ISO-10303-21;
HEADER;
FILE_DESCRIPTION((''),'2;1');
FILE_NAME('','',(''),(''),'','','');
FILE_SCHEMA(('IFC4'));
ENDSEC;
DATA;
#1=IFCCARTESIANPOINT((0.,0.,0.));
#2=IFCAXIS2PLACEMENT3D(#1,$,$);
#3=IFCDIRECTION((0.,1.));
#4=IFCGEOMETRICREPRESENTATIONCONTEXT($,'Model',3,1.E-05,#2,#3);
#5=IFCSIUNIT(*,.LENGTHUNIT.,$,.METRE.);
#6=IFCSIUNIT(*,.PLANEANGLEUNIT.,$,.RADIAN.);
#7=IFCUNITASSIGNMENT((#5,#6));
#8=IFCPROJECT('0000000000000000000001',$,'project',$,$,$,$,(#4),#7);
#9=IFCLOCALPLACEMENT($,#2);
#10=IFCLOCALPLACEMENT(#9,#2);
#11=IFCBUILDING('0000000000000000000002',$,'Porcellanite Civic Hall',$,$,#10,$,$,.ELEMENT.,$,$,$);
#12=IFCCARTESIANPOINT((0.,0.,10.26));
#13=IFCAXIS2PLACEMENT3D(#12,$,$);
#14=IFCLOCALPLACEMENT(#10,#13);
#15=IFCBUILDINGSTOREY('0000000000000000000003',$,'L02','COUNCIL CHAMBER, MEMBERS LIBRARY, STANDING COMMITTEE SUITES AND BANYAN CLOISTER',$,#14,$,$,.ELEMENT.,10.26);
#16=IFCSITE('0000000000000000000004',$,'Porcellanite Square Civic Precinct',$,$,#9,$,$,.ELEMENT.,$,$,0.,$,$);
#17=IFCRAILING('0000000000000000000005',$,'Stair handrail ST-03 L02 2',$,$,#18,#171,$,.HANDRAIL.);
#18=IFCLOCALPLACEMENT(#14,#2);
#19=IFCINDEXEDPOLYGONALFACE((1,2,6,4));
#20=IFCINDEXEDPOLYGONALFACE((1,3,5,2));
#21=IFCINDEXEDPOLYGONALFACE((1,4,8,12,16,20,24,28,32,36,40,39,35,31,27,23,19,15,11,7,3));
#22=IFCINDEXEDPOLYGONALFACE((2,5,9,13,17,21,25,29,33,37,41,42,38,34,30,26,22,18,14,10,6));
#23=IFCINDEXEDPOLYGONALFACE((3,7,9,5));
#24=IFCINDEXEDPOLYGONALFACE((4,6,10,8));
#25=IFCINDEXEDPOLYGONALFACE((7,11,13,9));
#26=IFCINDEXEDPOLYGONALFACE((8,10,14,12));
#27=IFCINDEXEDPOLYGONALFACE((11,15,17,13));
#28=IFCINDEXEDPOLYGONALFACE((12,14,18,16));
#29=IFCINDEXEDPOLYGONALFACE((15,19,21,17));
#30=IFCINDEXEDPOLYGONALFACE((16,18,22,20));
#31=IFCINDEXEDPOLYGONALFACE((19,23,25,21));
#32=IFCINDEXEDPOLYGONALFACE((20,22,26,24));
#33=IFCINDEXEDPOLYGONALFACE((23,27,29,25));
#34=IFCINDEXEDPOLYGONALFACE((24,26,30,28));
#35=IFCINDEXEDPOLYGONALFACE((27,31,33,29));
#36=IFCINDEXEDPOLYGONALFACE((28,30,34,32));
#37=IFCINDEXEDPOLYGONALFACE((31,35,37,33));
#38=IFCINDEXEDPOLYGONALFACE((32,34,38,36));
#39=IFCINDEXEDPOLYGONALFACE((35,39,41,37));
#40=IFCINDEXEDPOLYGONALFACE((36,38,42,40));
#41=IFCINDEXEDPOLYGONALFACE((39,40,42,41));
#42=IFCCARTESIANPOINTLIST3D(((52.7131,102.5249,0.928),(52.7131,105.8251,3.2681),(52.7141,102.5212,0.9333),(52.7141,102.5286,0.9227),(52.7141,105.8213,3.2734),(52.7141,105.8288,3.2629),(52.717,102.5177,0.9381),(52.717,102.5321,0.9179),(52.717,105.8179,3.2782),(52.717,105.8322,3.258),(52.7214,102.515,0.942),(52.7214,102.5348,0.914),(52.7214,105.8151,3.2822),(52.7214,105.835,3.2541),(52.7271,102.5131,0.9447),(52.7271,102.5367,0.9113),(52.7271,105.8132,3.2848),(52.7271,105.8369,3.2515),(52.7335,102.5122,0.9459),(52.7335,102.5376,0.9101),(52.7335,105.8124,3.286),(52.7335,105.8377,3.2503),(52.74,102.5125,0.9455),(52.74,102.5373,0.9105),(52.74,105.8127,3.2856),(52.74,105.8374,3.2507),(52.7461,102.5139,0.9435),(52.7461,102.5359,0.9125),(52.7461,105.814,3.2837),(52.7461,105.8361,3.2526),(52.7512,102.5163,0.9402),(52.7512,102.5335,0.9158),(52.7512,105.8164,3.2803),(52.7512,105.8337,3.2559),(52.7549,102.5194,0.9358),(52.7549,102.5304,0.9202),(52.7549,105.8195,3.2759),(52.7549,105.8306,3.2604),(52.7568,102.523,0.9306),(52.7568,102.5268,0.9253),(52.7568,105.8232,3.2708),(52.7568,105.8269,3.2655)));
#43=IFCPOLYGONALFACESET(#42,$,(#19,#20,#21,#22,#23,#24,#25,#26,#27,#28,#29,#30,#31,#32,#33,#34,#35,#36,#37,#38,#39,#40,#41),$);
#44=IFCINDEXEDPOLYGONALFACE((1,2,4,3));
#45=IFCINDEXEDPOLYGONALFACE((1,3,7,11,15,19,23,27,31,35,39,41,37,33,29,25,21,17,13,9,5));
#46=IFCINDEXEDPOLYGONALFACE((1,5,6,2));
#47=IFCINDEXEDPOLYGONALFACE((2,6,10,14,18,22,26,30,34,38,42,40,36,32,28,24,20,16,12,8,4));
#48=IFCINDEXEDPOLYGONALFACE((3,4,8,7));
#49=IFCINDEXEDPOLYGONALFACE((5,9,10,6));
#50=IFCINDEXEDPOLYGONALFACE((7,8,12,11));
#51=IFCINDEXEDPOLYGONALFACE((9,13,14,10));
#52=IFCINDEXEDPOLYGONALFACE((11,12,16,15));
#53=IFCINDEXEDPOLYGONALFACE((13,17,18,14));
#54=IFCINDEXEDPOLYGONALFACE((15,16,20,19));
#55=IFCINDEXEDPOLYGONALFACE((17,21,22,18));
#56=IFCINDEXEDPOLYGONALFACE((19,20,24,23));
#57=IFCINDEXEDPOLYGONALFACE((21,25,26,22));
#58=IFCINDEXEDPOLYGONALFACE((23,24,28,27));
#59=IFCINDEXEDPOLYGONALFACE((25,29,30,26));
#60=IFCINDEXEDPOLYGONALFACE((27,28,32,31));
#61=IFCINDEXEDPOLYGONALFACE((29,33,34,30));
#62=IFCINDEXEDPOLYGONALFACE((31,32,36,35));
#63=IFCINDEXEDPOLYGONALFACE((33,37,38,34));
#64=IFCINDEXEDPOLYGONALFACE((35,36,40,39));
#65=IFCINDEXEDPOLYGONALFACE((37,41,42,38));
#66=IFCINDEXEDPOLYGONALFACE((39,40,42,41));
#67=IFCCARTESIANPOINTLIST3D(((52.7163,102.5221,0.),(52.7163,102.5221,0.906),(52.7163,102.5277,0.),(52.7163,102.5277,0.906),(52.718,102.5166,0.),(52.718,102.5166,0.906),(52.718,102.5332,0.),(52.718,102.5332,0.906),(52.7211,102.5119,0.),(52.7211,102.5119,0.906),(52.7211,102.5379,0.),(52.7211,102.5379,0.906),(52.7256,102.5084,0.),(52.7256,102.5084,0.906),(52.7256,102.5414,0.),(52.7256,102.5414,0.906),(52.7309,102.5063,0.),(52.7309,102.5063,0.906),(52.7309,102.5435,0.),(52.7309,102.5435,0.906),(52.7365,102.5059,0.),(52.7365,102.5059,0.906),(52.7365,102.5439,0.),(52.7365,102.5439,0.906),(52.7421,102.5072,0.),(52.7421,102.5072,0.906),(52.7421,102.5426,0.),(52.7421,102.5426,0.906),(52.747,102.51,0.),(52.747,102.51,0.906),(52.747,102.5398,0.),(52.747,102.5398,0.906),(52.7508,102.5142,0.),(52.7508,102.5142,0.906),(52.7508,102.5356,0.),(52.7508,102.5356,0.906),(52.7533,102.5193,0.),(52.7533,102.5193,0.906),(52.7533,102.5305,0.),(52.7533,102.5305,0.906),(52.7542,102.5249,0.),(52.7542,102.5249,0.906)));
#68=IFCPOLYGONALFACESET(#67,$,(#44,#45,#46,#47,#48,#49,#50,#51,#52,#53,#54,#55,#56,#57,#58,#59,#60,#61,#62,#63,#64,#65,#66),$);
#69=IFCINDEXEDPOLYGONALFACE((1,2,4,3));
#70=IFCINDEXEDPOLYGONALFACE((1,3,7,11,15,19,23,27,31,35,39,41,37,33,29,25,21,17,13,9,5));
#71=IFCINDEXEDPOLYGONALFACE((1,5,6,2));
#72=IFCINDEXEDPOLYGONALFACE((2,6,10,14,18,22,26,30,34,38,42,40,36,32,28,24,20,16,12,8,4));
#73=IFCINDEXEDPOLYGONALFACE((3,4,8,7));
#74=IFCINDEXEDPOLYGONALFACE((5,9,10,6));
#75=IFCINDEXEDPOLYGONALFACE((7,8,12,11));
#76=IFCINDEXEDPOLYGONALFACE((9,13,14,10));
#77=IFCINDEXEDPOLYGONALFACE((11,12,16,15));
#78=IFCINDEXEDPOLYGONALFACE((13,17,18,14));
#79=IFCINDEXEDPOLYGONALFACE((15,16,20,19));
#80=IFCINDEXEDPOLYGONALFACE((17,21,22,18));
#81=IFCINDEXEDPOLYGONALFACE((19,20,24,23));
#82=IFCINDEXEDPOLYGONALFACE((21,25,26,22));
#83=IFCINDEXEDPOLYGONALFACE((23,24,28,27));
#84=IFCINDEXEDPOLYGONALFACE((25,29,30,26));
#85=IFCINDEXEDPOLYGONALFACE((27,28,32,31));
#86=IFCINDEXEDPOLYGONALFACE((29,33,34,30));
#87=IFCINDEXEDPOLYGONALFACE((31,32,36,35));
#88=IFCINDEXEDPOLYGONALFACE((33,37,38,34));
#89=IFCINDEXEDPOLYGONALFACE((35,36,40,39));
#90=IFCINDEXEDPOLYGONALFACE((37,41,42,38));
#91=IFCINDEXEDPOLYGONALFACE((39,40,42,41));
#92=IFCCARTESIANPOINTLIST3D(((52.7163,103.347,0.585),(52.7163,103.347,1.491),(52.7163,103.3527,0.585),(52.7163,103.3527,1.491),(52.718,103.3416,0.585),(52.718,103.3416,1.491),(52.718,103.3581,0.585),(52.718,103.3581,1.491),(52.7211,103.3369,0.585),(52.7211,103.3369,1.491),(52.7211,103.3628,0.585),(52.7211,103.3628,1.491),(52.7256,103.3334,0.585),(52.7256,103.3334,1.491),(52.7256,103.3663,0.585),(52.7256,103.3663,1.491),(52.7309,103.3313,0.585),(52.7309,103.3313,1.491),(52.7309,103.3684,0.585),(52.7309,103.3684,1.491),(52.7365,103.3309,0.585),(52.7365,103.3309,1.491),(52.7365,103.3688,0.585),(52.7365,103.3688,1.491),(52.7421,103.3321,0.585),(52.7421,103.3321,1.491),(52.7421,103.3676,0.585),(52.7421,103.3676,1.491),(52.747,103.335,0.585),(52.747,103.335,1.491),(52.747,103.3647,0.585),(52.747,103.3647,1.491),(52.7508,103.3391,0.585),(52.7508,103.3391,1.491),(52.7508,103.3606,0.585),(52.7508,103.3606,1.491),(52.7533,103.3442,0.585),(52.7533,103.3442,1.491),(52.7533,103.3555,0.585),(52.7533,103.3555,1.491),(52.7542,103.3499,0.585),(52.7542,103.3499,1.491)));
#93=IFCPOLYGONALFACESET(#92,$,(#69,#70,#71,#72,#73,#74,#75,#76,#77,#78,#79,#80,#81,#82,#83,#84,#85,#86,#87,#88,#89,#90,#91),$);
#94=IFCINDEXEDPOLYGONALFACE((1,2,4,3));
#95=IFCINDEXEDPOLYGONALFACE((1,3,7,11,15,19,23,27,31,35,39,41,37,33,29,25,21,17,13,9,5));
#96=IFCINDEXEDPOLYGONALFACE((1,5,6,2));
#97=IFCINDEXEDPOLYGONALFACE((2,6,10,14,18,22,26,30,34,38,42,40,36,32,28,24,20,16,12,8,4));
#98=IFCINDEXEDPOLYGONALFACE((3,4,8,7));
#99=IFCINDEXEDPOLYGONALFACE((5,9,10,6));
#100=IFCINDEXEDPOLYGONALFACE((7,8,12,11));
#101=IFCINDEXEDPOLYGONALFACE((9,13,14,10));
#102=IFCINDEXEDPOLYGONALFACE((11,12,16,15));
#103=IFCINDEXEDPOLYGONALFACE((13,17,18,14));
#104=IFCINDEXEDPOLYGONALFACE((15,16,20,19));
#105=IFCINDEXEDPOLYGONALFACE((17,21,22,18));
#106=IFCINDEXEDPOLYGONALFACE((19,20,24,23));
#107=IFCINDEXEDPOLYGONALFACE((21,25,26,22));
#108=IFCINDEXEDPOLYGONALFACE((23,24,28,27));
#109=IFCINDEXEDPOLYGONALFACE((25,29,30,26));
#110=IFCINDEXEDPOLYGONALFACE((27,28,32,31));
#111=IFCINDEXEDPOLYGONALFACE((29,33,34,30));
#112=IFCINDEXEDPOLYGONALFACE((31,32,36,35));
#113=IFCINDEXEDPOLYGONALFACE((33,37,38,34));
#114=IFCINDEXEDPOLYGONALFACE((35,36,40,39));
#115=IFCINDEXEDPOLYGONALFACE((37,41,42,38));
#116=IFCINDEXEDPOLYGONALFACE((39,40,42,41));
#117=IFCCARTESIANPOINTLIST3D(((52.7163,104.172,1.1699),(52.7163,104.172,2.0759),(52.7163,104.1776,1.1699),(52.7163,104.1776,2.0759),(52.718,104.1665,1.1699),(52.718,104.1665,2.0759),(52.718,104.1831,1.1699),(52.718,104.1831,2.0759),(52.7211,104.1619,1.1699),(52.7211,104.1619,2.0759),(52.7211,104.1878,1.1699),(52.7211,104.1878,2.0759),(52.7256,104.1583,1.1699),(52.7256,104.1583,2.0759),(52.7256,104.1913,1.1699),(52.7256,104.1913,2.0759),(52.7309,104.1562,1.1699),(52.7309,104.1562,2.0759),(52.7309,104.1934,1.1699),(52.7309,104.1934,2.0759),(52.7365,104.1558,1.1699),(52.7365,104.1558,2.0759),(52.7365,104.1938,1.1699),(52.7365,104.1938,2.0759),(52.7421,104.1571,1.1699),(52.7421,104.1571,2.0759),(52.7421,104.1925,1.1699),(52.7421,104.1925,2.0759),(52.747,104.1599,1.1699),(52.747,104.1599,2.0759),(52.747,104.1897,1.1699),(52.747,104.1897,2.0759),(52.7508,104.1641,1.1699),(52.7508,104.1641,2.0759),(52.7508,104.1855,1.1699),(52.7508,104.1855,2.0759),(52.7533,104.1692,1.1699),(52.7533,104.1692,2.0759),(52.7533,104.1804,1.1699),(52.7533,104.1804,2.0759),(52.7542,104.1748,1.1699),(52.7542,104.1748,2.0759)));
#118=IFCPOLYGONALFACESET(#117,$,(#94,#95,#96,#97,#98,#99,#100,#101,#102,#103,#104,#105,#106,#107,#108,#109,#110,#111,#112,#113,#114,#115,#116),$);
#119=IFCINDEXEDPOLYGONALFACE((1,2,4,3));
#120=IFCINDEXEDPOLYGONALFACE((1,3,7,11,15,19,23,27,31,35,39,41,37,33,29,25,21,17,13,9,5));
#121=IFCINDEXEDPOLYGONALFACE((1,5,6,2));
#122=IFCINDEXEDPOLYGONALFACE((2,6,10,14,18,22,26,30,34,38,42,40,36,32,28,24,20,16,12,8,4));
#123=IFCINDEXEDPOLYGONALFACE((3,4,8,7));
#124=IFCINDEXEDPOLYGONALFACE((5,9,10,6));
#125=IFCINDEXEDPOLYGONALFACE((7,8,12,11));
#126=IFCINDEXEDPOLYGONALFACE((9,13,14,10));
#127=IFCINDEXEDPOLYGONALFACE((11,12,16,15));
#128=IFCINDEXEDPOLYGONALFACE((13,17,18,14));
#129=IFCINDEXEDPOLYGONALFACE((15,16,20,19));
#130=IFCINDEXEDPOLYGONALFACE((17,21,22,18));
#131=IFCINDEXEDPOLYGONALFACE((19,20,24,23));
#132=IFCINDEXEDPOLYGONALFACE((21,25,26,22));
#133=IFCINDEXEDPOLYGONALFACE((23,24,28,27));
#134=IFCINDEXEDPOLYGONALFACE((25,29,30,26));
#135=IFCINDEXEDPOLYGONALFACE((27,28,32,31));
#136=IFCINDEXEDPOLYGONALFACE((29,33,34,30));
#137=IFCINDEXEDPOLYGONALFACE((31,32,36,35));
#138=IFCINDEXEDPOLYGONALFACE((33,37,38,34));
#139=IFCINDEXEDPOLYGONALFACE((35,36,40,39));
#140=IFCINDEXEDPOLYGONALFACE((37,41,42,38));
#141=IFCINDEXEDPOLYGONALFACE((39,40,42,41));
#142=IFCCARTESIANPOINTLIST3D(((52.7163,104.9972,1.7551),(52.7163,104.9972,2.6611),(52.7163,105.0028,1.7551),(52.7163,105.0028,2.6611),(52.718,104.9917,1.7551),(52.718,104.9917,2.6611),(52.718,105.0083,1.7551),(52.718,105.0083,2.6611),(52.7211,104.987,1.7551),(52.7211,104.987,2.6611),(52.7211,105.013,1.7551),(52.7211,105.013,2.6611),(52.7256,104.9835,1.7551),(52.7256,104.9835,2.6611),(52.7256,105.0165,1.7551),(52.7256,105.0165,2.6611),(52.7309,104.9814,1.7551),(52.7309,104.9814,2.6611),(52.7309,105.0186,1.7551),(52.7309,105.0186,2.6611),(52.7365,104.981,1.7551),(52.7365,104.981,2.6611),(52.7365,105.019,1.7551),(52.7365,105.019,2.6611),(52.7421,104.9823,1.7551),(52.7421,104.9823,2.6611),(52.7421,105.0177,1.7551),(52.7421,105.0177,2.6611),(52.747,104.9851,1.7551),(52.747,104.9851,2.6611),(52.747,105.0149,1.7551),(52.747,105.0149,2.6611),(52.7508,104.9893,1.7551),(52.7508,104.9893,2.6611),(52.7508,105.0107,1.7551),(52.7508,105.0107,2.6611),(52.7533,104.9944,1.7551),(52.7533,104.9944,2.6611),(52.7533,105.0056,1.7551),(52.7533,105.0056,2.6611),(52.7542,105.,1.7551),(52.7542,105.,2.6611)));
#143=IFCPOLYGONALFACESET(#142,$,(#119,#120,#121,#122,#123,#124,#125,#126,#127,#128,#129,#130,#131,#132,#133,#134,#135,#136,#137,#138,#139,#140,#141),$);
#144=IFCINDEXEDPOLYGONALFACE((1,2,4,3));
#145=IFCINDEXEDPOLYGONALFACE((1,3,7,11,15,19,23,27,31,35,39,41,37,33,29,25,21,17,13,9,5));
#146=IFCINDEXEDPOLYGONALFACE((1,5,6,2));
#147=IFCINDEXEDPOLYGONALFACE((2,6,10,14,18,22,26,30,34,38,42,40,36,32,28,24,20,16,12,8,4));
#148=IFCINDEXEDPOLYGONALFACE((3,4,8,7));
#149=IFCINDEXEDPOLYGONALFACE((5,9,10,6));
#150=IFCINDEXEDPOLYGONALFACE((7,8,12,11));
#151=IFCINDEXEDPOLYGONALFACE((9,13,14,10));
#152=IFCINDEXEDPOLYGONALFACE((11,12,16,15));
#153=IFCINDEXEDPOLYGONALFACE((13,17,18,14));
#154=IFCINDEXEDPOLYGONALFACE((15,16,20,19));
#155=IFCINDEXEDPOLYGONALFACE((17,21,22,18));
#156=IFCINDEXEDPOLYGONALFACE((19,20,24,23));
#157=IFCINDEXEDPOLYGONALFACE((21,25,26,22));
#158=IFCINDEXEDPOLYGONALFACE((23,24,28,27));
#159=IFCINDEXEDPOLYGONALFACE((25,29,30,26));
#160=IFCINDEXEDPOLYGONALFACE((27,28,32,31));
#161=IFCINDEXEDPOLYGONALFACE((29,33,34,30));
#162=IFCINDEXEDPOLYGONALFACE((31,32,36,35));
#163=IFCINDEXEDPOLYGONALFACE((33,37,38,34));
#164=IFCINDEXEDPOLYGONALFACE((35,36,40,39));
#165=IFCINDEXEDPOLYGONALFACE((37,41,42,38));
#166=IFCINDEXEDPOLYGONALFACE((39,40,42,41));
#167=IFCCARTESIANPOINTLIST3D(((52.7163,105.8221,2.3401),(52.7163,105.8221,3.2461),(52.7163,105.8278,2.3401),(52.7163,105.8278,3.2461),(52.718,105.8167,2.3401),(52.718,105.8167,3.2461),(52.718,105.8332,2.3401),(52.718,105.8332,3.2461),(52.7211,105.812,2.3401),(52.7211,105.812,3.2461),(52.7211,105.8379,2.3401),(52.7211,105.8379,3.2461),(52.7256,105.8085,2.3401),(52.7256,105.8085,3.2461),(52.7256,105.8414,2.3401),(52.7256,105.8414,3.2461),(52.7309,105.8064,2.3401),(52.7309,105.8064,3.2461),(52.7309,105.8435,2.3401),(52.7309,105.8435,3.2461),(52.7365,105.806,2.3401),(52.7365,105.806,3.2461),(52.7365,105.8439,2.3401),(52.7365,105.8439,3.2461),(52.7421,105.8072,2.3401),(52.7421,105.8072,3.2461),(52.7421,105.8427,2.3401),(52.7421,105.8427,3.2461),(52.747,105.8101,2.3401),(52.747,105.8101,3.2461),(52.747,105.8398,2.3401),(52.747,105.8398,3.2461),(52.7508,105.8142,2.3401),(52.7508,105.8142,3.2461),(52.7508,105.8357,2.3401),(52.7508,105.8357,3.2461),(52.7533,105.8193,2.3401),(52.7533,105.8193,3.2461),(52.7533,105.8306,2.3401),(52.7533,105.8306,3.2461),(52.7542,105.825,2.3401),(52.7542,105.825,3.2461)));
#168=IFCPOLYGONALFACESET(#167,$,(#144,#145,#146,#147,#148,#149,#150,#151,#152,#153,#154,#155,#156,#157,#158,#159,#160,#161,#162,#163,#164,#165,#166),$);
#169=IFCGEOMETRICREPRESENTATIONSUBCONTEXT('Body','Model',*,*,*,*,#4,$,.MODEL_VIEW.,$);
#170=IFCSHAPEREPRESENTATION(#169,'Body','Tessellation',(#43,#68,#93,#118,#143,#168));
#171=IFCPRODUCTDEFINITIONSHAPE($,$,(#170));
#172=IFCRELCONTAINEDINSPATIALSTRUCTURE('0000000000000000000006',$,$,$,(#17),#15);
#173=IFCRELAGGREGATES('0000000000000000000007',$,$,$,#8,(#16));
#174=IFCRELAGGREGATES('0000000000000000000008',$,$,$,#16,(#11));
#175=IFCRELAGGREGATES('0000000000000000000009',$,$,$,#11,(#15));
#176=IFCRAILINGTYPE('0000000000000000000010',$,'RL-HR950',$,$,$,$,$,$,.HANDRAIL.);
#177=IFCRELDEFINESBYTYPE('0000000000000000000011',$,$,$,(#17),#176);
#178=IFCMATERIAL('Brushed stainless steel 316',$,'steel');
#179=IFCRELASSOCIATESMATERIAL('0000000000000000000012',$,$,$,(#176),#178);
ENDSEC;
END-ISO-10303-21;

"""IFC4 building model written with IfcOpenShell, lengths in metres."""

from ifc_helpers import new_model, si_unit, direction, frame, origin, origin_2d, place, context, subcontext, project, spatial, circle, extrude, material, type_object, element, save


model = new_model("IFC4")

# Units and contexts
model_context = context("Model", 3, precision=1e-05, world=origin(), true_north=direction((0.0, 1.0)))
body_context = subcontext(model_context, "Body", "Model", "MODEL_VIEW")
ifc_project = project(units=[si_unit("LENGTHUNIT", "METRE"), si_unit("PLANEANGLEUNIT", "RADIAN")], contexts=[model_context])

# Site, building, storey
site_placement = place(None, origin())
site = spatial("IfcSite", under=ifc_project, at=site_placement, Name="Porcellanite Square Civic Precinct", CompositionType="ELEMENT", RefElevation=0.0)
building_placement = place(site_placement, origin())
building = spatial("IfcBuilding", under=site, at=building_placement, Name="Porcellanite Civic Hall", CompositionType="ELEMENT")
storey_placement = place(building_placement, frame((0.0, 0.0, 10.26)))
storey = spatial("IfcBuildingStorey", under=building, at=storey_placement, Name="L02", Description="COUNCIL CHAMBER, MEMBERS LIBRARY, STANDING COMMITTEE SUITES AND BANYAN CLOISTER", CompositionType="ELEMENT", Elevation=10.26)

# Railing
ifc_material_1 = material(Name="Brushed stainless steel 316", Category="steel")
railing_type_1 = type_object("IfcRailingType", Name="RL-HR950", PredefinedType="HANDRAIL", material=ifc_material_1)
railing_1_placement = place(storey_placement, frame((52.7351, 102.5249, 0.0)))
element("IfcRailing", 1, at=railing_1_placement, inside=storey, type_object=railing_type_1, Name="Stair handrail ST-03 L02 2", PredefinedType="HANDRAIL", context=body_context, shape_type="SweptSolid", body=[
    extrude(circle(Radius=0.022, at=origin_2d()), frame((0.0, 0.0, 0.928), z_axis=(0.0, 0.815727, 0.578438), x_axis=(-1.0, 0.0, 0.0)), (0.0, 0.0, 1.0), 4.0457),
    extrude(circle(Radius=0.019, at=origin_2d()), origin(), (0.0, 0.0, 1.0), 0.906),
    extrude(circle(Radius=0.019, at=origin_2d()), frame((0.0, 0.825, 0.585)), (0.0, 0.0, 1.0), 0.906),
    extrude(circle(Radius=0.019, at=origin_2d()), frame((0.0, 1.6499, 1.1699)), (0.0, 0.0, 1.0), 0.906),
    extrude(circle(Radius=0.019, at=origin_2d()), frame((0.0, 2.4751, 1.7551)), (0.0, 0.0, 1.0), 0.906),
    extrude(circle(Radius=0.019, at=origin_2d()), frame((0.0, 3.3, 2.3401)), (0.0, 0.0, 1.0), 0.906),
])

save(model, "model.ifc")
